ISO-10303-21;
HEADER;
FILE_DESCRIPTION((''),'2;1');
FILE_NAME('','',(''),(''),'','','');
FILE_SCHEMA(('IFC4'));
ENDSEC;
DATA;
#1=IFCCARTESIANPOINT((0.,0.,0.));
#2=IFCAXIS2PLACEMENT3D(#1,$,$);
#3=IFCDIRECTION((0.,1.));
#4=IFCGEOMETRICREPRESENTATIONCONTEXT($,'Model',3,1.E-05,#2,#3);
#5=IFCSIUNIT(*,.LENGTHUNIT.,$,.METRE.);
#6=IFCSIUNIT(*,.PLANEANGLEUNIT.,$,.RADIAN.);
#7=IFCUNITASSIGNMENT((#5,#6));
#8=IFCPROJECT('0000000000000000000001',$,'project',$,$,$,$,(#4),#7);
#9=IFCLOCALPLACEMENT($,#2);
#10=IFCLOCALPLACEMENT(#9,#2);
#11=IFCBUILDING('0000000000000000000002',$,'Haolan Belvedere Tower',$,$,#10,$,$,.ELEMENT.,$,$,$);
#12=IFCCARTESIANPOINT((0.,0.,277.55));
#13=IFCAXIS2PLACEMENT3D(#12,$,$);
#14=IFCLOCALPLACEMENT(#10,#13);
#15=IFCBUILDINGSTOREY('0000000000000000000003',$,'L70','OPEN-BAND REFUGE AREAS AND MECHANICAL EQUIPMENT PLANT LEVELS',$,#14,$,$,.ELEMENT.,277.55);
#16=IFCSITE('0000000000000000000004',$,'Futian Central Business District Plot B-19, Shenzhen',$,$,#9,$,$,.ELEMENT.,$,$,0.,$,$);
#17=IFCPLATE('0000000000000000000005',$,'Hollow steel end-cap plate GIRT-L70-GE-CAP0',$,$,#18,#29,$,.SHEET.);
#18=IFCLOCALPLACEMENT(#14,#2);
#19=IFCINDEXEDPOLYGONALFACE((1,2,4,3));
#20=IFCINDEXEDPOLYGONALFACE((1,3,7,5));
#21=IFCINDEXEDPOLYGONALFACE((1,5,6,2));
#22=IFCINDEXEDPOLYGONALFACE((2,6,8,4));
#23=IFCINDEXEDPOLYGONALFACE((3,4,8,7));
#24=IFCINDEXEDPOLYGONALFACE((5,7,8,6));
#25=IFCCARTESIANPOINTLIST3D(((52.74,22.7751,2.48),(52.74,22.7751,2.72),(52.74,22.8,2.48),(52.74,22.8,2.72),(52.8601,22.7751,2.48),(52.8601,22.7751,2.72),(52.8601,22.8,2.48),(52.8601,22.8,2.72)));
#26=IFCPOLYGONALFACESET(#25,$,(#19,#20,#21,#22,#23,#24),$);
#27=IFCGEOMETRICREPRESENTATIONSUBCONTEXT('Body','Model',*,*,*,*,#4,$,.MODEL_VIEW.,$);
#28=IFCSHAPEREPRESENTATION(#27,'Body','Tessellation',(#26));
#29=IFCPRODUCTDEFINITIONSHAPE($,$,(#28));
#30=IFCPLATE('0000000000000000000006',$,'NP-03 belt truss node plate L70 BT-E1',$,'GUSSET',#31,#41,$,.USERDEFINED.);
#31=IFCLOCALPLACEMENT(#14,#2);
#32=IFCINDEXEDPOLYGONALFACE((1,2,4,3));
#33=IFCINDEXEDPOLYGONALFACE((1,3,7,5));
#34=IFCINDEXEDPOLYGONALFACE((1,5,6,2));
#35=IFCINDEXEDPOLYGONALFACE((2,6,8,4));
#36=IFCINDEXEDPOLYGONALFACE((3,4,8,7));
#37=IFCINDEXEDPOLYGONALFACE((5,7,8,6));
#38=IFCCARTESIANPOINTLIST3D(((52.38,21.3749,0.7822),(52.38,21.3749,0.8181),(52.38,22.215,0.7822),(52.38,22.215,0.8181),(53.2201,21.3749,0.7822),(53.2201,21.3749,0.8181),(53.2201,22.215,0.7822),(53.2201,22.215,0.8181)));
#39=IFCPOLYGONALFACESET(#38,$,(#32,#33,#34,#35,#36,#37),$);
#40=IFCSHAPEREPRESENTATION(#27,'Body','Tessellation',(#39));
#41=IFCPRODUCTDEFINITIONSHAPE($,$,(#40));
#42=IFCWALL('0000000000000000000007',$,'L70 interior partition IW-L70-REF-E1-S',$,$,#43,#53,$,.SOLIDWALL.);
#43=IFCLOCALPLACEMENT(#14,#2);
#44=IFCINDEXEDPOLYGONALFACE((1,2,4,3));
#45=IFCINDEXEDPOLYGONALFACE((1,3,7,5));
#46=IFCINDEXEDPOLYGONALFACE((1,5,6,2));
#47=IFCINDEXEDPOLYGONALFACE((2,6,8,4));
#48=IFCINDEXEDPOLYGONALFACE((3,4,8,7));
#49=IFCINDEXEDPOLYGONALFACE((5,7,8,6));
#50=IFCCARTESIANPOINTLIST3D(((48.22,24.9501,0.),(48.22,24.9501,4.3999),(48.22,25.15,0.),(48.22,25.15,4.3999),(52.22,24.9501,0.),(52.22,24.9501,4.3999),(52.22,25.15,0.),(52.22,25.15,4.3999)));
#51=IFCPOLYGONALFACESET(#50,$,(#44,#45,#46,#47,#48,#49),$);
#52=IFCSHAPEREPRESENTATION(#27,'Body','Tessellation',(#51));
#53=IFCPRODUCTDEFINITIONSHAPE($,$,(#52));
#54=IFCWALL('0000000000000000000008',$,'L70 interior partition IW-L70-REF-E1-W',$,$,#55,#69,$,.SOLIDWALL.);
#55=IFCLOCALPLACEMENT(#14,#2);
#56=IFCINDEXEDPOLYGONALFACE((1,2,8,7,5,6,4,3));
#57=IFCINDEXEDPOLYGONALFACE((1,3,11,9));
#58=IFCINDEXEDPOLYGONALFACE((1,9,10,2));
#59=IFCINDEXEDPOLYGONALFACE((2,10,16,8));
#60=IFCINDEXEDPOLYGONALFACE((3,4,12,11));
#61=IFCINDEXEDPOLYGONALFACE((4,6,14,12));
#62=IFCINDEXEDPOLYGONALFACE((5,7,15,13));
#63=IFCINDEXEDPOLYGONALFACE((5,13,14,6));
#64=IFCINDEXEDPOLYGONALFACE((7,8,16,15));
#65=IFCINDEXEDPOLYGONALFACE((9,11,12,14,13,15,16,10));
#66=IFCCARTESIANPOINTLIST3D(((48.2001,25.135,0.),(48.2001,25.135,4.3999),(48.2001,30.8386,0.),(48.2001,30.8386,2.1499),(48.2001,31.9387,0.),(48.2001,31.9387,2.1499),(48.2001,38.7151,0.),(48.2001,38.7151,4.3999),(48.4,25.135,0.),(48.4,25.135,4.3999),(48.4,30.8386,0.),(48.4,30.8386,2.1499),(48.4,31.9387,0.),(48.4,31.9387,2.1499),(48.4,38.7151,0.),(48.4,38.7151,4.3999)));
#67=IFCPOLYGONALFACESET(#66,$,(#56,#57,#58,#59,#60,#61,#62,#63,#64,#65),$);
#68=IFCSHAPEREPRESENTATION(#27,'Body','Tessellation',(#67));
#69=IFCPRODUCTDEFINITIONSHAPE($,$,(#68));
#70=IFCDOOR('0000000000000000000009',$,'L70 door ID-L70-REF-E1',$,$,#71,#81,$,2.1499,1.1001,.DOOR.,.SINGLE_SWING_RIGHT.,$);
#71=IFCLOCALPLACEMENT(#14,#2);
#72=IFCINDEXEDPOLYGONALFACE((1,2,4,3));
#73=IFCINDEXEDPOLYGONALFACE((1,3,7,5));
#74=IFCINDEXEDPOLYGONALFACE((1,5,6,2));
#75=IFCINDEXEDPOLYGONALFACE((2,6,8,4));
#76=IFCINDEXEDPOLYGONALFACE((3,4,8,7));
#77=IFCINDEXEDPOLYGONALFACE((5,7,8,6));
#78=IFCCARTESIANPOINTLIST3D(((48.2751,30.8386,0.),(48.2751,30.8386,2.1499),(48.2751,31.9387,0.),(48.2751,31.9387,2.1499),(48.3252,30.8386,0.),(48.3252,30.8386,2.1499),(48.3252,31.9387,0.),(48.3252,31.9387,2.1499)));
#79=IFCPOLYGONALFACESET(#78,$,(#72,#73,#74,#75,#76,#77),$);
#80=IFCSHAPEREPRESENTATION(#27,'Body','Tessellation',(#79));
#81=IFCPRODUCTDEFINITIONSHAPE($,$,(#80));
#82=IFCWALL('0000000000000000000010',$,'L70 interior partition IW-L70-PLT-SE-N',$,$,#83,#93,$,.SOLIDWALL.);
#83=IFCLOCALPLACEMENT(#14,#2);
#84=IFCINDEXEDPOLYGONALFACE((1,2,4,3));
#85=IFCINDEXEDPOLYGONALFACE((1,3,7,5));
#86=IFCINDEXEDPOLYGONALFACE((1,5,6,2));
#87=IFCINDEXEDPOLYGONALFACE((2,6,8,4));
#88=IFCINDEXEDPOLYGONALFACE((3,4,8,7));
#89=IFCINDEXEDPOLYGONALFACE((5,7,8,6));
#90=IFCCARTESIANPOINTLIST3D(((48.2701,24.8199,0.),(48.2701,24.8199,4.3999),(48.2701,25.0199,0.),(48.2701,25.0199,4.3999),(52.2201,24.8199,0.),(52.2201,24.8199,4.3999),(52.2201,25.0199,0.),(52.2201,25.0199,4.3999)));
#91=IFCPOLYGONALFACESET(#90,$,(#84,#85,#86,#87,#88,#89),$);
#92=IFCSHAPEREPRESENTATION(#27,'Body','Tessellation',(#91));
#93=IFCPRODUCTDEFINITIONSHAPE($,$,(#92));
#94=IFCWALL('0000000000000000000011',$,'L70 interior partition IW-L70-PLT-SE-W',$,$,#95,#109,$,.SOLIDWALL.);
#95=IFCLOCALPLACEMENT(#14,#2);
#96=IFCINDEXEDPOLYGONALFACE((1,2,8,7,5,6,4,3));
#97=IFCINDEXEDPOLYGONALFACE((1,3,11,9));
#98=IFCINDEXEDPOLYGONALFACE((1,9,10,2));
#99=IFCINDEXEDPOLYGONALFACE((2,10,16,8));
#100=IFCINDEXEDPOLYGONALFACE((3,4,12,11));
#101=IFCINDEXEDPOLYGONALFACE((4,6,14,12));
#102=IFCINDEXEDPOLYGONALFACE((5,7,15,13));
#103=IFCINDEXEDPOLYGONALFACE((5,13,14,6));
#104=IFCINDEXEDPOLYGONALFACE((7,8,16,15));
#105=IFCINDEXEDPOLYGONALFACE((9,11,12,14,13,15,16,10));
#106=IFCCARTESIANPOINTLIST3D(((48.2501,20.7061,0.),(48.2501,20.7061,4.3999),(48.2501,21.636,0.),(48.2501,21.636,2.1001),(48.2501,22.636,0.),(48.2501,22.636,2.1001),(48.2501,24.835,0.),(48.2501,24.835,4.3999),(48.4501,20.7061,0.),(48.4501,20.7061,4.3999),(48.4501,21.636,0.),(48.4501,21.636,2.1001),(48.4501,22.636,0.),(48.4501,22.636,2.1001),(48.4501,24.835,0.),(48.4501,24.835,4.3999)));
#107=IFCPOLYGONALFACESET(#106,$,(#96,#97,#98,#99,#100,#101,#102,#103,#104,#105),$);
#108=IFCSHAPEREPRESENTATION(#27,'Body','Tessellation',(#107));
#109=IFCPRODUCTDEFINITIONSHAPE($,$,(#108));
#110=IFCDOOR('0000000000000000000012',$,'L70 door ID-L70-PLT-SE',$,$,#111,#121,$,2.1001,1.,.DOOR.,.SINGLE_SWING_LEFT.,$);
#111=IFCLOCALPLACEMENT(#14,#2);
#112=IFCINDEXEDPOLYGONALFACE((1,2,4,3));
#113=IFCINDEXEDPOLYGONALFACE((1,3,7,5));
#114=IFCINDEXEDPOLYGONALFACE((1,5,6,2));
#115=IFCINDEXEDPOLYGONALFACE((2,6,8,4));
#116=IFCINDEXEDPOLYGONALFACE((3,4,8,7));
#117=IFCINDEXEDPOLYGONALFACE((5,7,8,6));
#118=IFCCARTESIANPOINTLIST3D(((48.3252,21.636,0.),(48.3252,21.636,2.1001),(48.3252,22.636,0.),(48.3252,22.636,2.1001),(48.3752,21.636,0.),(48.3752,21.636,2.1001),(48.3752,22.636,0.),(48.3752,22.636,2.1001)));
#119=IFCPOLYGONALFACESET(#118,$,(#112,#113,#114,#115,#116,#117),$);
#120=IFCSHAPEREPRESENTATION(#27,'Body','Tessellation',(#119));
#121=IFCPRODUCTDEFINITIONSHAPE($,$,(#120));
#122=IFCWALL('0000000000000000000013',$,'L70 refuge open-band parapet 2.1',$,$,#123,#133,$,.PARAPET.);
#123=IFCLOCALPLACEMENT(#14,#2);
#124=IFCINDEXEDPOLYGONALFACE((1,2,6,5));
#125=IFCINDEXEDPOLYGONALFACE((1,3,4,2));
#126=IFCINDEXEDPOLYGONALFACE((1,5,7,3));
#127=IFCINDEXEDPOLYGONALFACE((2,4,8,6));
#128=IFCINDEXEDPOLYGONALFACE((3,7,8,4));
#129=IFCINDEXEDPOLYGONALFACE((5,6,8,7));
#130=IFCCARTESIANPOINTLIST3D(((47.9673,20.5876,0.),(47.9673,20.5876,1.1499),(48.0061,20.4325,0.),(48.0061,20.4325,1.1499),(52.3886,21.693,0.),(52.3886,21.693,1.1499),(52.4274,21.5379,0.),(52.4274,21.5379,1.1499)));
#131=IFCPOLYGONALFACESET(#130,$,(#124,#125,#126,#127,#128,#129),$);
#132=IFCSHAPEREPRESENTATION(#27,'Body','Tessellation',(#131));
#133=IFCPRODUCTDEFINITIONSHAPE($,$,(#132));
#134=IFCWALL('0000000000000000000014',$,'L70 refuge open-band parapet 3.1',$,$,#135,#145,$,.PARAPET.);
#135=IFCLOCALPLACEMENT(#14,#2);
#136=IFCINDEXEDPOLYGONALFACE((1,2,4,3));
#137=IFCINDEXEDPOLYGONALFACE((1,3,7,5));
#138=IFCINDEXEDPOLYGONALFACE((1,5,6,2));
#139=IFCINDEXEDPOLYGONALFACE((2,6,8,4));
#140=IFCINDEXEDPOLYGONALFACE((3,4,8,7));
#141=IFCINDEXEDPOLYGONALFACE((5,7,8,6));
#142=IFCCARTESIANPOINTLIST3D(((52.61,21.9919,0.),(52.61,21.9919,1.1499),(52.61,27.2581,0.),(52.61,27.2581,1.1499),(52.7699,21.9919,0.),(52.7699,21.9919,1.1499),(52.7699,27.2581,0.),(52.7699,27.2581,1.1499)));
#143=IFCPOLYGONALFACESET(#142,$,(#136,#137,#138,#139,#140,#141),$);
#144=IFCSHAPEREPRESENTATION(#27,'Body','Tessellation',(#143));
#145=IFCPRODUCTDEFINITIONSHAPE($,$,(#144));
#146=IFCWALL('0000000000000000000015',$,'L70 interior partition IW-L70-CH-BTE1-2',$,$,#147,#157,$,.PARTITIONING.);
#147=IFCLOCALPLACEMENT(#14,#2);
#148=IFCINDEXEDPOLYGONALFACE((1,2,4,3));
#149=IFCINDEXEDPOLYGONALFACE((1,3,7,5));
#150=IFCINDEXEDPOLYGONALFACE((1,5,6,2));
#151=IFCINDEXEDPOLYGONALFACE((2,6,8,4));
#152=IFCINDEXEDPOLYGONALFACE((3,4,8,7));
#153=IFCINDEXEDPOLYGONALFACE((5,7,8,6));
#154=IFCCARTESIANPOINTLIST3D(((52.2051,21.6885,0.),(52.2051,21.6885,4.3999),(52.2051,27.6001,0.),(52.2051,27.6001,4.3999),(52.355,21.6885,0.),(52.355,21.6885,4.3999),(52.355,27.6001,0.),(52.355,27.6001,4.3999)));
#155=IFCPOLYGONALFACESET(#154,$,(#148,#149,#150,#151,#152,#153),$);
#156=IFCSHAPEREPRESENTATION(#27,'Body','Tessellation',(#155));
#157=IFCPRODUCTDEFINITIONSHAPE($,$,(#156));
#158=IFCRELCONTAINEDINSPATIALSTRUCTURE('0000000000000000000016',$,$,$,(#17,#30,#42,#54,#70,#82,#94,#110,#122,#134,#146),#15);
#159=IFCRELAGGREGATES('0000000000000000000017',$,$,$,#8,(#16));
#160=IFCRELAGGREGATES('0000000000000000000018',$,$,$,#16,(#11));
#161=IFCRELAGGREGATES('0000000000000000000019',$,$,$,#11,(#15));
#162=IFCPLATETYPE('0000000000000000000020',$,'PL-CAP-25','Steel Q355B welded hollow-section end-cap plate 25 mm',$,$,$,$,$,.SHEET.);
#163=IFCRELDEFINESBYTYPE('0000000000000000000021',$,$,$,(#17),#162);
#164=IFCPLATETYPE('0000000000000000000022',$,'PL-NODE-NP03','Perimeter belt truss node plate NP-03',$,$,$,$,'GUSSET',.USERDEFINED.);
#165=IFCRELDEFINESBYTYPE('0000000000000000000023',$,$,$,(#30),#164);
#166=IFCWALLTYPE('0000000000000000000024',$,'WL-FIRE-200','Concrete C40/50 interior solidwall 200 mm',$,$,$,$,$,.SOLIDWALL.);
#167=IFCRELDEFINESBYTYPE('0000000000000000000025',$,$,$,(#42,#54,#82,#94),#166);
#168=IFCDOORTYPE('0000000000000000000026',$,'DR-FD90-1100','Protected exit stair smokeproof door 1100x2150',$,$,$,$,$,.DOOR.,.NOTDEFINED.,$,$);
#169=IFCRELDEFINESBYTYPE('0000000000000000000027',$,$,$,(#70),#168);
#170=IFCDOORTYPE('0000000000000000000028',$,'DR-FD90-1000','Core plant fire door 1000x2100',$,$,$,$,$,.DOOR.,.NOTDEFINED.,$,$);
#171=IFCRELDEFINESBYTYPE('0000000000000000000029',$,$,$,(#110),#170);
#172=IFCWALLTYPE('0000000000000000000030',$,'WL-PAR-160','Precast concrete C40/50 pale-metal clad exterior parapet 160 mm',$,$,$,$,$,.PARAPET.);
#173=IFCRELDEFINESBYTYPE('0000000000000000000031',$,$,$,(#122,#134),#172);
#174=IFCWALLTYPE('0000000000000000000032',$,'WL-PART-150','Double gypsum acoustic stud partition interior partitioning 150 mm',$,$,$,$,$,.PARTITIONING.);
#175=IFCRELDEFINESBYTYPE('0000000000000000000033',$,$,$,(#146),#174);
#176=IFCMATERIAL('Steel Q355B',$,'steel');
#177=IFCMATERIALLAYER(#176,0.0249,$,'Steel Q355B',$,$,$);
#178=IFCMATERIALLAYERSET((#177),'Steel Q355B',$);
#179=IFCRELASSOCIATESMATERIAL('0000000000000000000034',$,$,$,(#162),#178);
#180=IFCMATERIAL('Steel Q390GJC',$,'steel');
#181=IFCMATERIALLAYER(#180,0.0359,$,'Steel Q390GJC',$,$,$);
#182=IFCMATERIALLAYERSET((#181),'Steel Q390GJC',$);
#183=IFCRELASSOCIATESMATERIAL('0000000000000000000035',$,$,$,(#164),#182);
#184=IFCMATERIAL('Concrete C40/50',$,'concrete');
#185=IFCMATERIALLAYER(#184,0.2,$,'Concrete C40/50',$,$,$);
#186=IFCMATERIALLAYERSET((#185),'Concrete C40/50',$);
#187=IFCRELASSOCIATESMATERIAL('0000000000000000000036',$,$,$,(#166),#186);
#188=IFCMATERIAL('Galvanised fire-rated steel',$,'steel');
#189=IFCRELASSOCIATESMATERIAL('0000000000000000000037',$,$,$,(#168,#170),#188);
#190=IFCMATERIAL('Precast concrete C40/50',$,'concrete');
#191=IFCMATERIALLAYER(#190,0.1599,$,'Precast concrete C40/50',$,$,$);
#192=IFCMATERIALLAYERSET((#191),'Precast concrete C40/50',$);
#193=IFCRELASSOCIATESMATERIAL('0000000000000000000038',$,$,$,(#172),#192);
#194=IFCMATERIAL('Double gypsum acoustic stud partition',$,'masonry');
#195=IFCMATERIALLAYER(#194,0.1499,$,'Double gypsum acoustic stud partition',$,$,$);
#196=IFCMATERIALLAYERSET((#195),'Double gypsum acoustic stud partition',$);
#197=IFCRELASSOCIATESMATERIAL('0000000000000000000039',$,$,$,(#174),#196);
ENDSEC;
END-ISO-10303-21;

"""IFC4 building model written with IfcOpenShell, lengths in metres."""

from ifc_helpers import new_model, si_unit, direction, frame, frame_2d, origin, origin_2d, place, context, subcontext, project, spatial, rectangle, extrude, material, layer, layer_set, type_object, element, fill, save


model = new_model("IFC4")

# Units and contexts
model_context = context("Model", 3, precision=1e-05, world=origin(), true_north=direction((0.0, 1.0)))
body_context = subcontext(model_context, "Body", "Model", "MODEL_VIEW")
ifc_project = project(units=[si_unit("LENGTHUNIT", "METRE"), si_unit("PLANEANGLEUNIT", "RADIAN")], contexts=[model_context])

# Site, building, storey
site_placement = place(None, origin())
site = spatial("IfcSite", under=ifc_project, at=site_placement, Name="Futian Central Business District Plot B-19, Shenzhen", CompositionType="ELEMENT", RefElevation=0.0)
building_placement = place(site_placement, origin())
building = spatial("IfcBuilding", under=site, at=building_placement, Name="Haolan Belvedere Tower", CompositionType="ELEMENT")
storey_placement = place(building_placement, frame((0.0, 0.0, 277.55)))
storey = spatial("IfcBuildingStorey", under=building, at=storey_placement, Name="L70", Description="OPEN-BAND REFUGE AREAS AND MECHANICAL EQUIPMENT PLANT LEVELS", CompositionType="ELEMENT", Elevation=277.55)

# Shared definitions
ifc_material_1 = material(Name="Steel Q390GJC", Category="steel")

# Shared definitions
ifc_material_2 = material(Name="Steel Q355B", Category="steel")

# Plates
ifc_layer_1 = layer(ifc_material_2, 0.0249, Name="Steel Q355B")
ifc_layer_set_1 = layer_set([ifc_layer_1], Name="Steel Q355B")
plate_type_1 = type_object("IfcPlateType", Name="PL-CAP-25", Description="Steel Q355B welded hollow-section end-cap plate 25 mm", PredefinedType="SHEET", material=ifc_layer_set_1)
plate_1_placement = place(storey_placement, frame((52.8, 22.7876, 2.48), z_axis=(0.0, 0.0, 1.0), x_axis=(1.0, 0.0, 0.0)))
element("IfcPlate", 1, at=plate_1_placement, inside=storey, type_object=plate_type_1, Name="Hollow steel end-cap plate GIRT-L70-GE-CAP0", PredefinedType="SHEET", context=body_context, shape_type="SweptSolid", body=[
    extrude(rectangle(XDim=0.1201, YDim=0.0249, at=origin_2d()), origin(), (0.0, 0.0, 1.0), 0.24),
])
ifc_layer_2 = layer(ifc_material_1, 0.0359, Name="Steel Q390GJC")
ifc_layer_set_2 = layer_set([ifc_layer_2], Name="Steel Q390GJC")
plate_type_2 = type_object("IfcPlateType", Name="PL-NODE-NP03", Description="Perimeter belt truss node plate NP-03", ElementType="GUSSET", PredefinedType="USERDEFINED", material=ifc_layer_set_2)
plate_2_placement = place(storey_placement, frame((52.8, 21.7949, 0.7822), z_axis=(0.0, 0.0, 1.0), x_axis=(1.0, 0.0, 0.0)))
element("IfcPlate", 2, at=plate_2_placement, inside=storey, type_object=plate_type_2, Name="NP-03 belt truss node plate L70 BT-E1", ObjectType="GUSSET", PredefinedType="USERDEFINED", context=body_context, shape_type="SweptSolid", body=[
    extrude(rectangle(XDim=0.8401, YDim=0.8401, at=origin_2d()), origin(), (0.0, 0.0, 1.0), 0.0359),
])

# Wall
ifc_material_3 = material(Name="Concrete C40/50", Category="concrete")
ifc_layer_3 = layer(ifc_material_3, 0.2, Name="Concrete C40/50")
ifc_layer_set_3 = layer_set([ifc_layer_3], Name="Concrete C40/50")
wall_type_1 = type_object("IfcWallType", Name="WL-FIRE-200", Description="Concrete C40/50 interior solidwall 200 mm", PredefinedType="SOLIDWALL", material=ifc_layer_set_3)
wall_1_placement = place(storey_placement, frame((48.22, 25.05, 0.0), z_axis=(0.0, 0.0, 1.0), x_axis=(1.0, 0.0, 0.0)))
element("IfcWall", 3, at=wall_1_placement, inside=storey, type_object=wall_type_1, Name="L70 interior partition IW-L70-REF-E1-S", PredefinedType="SOLIDWALL", context=body_context, shape_type="SweptSolid", body=[
    extrude(rectangle(XDim=4.0, YDim=0.2, at=frame_2d((2.0, 0.0))), origin(), (0.0, 0.0, 1.0), 4.3999),
])

# Wall, opening, door
wall_2_placement = place(storey_placement, frame((48.3, 25.135, 0.0), z_axis=(0.0, 0.0, 1.0), x_axis=(0.0, 1.0, 0.0)))
wall_2 = element("IfcWall", 4, at=wall_2_placement, inside=storey, type_object=wall_type_1, Name="L70 interior partition IW-L70-REF-E1-W", PredefinedType="SOLIDWALL", context=body_context, shape_type="SweptSolid", body=[
    extrude(rectangle(XDim=13.5801, YDim=0.2, at=frame_2d((6.79, 0.0))), origin(), (0.0, 0.0, 1.0), 4.3999),
])
opening_1_placement = place(wall_2_placement, frame((5.7036, 0.0, 0.0)))
opening_1 = element("IfcOpeningElement", 5, at=opening_1_placement, cuts=wall_2, PredefinedType="OPENING", context=body_context, shape_type="SweptSolid", body=[
    extrude(rectangle(XDim=1.1001, YDim=2.1499, at=frame_2d((0.55, 1.075))), frame((0.0, 0.1099, 0.0), z_axis=(0.0, -1.0, 0.0), x_axis=(1.0, 0.0, 0.0)), (0.0, 0.0, 1.0), 0.22),
])
ifc_material_4 = material(Name="Galvanised fire-rated steel", Category="steel")
door_type_1 = type_object("IfcDoorType", Name="DR-FD90-1100", Description="Protected exit stair smokeproof door 1100x2150", OperationType="NOTDEFINED", PredefinedType="DOOR", material=ifc_material_4)
door_1_placement = place(opening_1_placement, origin())
door_1 = element("IfcDoor", 6, at=door_1_placement, inside=storey, type_object=door_type_1, Name="L70 door ID-L70-REF-E1", OperationType="SINGLE_SWING_RIGHT", OverallHeight=2.1499, OverallWidth=1.1001, PredefinedType="DOOR", context=body_context, shape_type="SweptSolid", body=[
    extrude(rectangle(XDim=1.1001, YDim=2.1499, at=frame_2d((0.55, 1.075))), frame((0.0, 0.0249, 0.0), z_axis=(0.0, -1.0, 0.0), x_axis=(1.0, 0.0, 0.0)), (0.0, 0.0, 1.0), 0.05),
])
fill(opening_1, door_1)

# Wall
wall_3_placement = place(storey_placement, frame((48.27, 24.9199, 0.0), z_axis=(0.0, 0.0, 1.0), x_axis=(1.0, 0.0, 0.0)))
element("IfcWall", 7, at=wall_3_placement, inside=storey, type_object=wall_type_1, Name="L70 interior partition IW-L70-PLT-SE-N", PredefinedType="SOLIDWALL", context=body_context, shape_type="SweptSolid", body=[
    extrude(rectangle(XDim=3.95, YDim=0.2, at=frame_2d((1.9751, 0.0))), origin(), (0.0, 0.0, 1.0), 4.3999),
])

# Wall, opening, door
wall_4_placement = place(storey_placement, frame((48.3501, 20.7061, 0.0), z_axis=(0.0, 0.0, 1.0), x_axis=(0.0, 1.0, 0.0)))
wall_4 = element("IfcWall", 8, at=wall_4_placement, inside=storey, type_object=wall_type_1, Name="L70 interior partition IW-L70-PLT-SE-W", PredefinedType="SOLIDWALL", context=body_context, shape_type="SweptSolid", body=[
    extrude(rectangle(XDim=4.1289, YDim=0.2, at=frame_2d((2.0645, 0.0))), origin(), (0.0, 0.0, 1.0), 4.3999),
])
opening_2_placement = place(wall_4_placement, frame((0.9299, 0.0, 0.0)))
opening_2 = element("IfcOpeningElement", 9, at=opening_2_placement, cuts=wall_4, PredefinedType="OPENING", context=body_context, shape_type="SweptSolid", body=[
    extrude(rectangle(XDim=1.0, YDim=2.1001, at=frame_2d((0.5, 1.05))), frame((0.0, 0.1099, 0.0), z_axis=(0.0, -1.0, 0.0), x_axis=(1.0, 0.0, 0.0)), (0.0, 0.0, 1.0), 0.22),
])
door_type_2 = type_object("IfcDoorType", Name="DR-FD90-1000", Description="Core plant fire door 1000x2100", OperationType="NOTDEFINED", PredefinedType="DOOR", material=ifc_material_4)
door_2_placement = place(opening_2_placement, origin())
door_2 = element("IfcDoor", 10, at=door_2_placement, inside=storey, type_object=door_type_2, Name="L70 door ID-L70-PLT-SE", OperationType="SINGLE_SWING_LEFT", OverallHeight=2.1001, OverallWidth=1.0, PredefinedType="DOOR", context=body_context, shape_type="SweptSolid", body=[
    extrude(rectangle(XDim=1.0, YDim=2.1001, at=frame_2d((0.5, 1.05))), frame((0.0, 0.0249, 0.0), z_axis=(0.0, -1.0, 0.0), x_axis=(1.0, 0.0, 0.0)), (0.0, 0.0, 1.0), 0.05),
])
fill(opening_2, door_2)

# Walls
ifc_material_5 = material(Name="Precast concrete C40/50", Category="concrete")
ifc_layer_4 = layer(ifc_material_5, 0.1599, Name="Precast concrete C40/50")
ifc_layer_set_4 = layer_set([ifc_layer_4], Name="Precast concrete C40/50")
wall_type_2 = type_object("IfcWallType", Name="WL-PAR-160", Description="Precast concrete C40/50 pale-metal clad exterior parapet 160 mm", PredefinedType="PARAPET", material=ifc_layer_set_4)
wall_5_placement = place(storey_placement, frame((47.9866, 20.51, 0.0), z_axis=(0.0, 0.0, 1.0), x_axis=(0.970136, 0.242561, 0.0)))
element("IfcWall", 11, at=wall_5_placement, inside=storey, type_object=wall_type_2, Name="L70 refuge open-band parapet 2.1", PredefinedType="PARAPET", context=body_context, shape_type="SweptSolid", body=[
    extrude(rectangle(XDim=4.5574, YDim=0.1599, at=frame_2d((2.2788, 0.0))), origin(), (0.0, 0.0, 1.0), 1.1499),
])
wall_6_placement = place(storey_placement, frame((52.6899, 21.9919, 0.0), z_axis=(0.0, 0.0, 1.0), x_axis=(0.0, 1.0, 0.0)))
element("IfcWall", 12, at=wall_6_placement, inside=storey, type_object=wall_type_2, Name="L70 refuge open-band parapet 3.1", PredefinedType="PARAPET", context=body_context, shape_type="SweptSolid", body=[
    extrude(rectangle(XDim=5.2661, YDim=0.1599, at=frame_2d((2.6331, 0.0))), origin(), (0.0, 0.0, 1.0), 1.1499),
])
ifc_material_6 = material(Name="Double gypsum acoustic stud partition", Category="masonry")
ifc_layer_5 = layer(ifc_material_6, 0.1499, Name="Double gypsum acoustic stud partition")
ifc_layer_set_5 = layer_set([ifc_layer_5], Name="Double gypsum acoustic stud partition")
wall_type_3 = type_object("IfcWallType", Name="WL-PART-150", Description="Double gypsum acoustic stud partition interior partitioning 150 mm", PredefinedType="PARTITIONING", material=ifc_layer_set_5)
wall_7_placement = place(storey_placement, frame((52.28, 21.6885, 0.0), z_axis=(0.0, 0.0, 1.0), x_axis=(0.0, 1.0, 0.0)))
element("IfcWall", 13, at=wall_7_placement, inside=storey, type_object=wall_type_3, Name="L70 interior partition IW-L70-CH-BTE1-2", PredefinedType="PARTITIONING", context=body_context, shape_type="SweptSolid", body=[
    extrude(rectangle(XDim=5.9116, YDim=0.1499, at=frame_2d((2.9558, 0.0))), origin(), (0.0, 0.0, 1.0), 4.3999),
])

save(model, "model.ifc")
